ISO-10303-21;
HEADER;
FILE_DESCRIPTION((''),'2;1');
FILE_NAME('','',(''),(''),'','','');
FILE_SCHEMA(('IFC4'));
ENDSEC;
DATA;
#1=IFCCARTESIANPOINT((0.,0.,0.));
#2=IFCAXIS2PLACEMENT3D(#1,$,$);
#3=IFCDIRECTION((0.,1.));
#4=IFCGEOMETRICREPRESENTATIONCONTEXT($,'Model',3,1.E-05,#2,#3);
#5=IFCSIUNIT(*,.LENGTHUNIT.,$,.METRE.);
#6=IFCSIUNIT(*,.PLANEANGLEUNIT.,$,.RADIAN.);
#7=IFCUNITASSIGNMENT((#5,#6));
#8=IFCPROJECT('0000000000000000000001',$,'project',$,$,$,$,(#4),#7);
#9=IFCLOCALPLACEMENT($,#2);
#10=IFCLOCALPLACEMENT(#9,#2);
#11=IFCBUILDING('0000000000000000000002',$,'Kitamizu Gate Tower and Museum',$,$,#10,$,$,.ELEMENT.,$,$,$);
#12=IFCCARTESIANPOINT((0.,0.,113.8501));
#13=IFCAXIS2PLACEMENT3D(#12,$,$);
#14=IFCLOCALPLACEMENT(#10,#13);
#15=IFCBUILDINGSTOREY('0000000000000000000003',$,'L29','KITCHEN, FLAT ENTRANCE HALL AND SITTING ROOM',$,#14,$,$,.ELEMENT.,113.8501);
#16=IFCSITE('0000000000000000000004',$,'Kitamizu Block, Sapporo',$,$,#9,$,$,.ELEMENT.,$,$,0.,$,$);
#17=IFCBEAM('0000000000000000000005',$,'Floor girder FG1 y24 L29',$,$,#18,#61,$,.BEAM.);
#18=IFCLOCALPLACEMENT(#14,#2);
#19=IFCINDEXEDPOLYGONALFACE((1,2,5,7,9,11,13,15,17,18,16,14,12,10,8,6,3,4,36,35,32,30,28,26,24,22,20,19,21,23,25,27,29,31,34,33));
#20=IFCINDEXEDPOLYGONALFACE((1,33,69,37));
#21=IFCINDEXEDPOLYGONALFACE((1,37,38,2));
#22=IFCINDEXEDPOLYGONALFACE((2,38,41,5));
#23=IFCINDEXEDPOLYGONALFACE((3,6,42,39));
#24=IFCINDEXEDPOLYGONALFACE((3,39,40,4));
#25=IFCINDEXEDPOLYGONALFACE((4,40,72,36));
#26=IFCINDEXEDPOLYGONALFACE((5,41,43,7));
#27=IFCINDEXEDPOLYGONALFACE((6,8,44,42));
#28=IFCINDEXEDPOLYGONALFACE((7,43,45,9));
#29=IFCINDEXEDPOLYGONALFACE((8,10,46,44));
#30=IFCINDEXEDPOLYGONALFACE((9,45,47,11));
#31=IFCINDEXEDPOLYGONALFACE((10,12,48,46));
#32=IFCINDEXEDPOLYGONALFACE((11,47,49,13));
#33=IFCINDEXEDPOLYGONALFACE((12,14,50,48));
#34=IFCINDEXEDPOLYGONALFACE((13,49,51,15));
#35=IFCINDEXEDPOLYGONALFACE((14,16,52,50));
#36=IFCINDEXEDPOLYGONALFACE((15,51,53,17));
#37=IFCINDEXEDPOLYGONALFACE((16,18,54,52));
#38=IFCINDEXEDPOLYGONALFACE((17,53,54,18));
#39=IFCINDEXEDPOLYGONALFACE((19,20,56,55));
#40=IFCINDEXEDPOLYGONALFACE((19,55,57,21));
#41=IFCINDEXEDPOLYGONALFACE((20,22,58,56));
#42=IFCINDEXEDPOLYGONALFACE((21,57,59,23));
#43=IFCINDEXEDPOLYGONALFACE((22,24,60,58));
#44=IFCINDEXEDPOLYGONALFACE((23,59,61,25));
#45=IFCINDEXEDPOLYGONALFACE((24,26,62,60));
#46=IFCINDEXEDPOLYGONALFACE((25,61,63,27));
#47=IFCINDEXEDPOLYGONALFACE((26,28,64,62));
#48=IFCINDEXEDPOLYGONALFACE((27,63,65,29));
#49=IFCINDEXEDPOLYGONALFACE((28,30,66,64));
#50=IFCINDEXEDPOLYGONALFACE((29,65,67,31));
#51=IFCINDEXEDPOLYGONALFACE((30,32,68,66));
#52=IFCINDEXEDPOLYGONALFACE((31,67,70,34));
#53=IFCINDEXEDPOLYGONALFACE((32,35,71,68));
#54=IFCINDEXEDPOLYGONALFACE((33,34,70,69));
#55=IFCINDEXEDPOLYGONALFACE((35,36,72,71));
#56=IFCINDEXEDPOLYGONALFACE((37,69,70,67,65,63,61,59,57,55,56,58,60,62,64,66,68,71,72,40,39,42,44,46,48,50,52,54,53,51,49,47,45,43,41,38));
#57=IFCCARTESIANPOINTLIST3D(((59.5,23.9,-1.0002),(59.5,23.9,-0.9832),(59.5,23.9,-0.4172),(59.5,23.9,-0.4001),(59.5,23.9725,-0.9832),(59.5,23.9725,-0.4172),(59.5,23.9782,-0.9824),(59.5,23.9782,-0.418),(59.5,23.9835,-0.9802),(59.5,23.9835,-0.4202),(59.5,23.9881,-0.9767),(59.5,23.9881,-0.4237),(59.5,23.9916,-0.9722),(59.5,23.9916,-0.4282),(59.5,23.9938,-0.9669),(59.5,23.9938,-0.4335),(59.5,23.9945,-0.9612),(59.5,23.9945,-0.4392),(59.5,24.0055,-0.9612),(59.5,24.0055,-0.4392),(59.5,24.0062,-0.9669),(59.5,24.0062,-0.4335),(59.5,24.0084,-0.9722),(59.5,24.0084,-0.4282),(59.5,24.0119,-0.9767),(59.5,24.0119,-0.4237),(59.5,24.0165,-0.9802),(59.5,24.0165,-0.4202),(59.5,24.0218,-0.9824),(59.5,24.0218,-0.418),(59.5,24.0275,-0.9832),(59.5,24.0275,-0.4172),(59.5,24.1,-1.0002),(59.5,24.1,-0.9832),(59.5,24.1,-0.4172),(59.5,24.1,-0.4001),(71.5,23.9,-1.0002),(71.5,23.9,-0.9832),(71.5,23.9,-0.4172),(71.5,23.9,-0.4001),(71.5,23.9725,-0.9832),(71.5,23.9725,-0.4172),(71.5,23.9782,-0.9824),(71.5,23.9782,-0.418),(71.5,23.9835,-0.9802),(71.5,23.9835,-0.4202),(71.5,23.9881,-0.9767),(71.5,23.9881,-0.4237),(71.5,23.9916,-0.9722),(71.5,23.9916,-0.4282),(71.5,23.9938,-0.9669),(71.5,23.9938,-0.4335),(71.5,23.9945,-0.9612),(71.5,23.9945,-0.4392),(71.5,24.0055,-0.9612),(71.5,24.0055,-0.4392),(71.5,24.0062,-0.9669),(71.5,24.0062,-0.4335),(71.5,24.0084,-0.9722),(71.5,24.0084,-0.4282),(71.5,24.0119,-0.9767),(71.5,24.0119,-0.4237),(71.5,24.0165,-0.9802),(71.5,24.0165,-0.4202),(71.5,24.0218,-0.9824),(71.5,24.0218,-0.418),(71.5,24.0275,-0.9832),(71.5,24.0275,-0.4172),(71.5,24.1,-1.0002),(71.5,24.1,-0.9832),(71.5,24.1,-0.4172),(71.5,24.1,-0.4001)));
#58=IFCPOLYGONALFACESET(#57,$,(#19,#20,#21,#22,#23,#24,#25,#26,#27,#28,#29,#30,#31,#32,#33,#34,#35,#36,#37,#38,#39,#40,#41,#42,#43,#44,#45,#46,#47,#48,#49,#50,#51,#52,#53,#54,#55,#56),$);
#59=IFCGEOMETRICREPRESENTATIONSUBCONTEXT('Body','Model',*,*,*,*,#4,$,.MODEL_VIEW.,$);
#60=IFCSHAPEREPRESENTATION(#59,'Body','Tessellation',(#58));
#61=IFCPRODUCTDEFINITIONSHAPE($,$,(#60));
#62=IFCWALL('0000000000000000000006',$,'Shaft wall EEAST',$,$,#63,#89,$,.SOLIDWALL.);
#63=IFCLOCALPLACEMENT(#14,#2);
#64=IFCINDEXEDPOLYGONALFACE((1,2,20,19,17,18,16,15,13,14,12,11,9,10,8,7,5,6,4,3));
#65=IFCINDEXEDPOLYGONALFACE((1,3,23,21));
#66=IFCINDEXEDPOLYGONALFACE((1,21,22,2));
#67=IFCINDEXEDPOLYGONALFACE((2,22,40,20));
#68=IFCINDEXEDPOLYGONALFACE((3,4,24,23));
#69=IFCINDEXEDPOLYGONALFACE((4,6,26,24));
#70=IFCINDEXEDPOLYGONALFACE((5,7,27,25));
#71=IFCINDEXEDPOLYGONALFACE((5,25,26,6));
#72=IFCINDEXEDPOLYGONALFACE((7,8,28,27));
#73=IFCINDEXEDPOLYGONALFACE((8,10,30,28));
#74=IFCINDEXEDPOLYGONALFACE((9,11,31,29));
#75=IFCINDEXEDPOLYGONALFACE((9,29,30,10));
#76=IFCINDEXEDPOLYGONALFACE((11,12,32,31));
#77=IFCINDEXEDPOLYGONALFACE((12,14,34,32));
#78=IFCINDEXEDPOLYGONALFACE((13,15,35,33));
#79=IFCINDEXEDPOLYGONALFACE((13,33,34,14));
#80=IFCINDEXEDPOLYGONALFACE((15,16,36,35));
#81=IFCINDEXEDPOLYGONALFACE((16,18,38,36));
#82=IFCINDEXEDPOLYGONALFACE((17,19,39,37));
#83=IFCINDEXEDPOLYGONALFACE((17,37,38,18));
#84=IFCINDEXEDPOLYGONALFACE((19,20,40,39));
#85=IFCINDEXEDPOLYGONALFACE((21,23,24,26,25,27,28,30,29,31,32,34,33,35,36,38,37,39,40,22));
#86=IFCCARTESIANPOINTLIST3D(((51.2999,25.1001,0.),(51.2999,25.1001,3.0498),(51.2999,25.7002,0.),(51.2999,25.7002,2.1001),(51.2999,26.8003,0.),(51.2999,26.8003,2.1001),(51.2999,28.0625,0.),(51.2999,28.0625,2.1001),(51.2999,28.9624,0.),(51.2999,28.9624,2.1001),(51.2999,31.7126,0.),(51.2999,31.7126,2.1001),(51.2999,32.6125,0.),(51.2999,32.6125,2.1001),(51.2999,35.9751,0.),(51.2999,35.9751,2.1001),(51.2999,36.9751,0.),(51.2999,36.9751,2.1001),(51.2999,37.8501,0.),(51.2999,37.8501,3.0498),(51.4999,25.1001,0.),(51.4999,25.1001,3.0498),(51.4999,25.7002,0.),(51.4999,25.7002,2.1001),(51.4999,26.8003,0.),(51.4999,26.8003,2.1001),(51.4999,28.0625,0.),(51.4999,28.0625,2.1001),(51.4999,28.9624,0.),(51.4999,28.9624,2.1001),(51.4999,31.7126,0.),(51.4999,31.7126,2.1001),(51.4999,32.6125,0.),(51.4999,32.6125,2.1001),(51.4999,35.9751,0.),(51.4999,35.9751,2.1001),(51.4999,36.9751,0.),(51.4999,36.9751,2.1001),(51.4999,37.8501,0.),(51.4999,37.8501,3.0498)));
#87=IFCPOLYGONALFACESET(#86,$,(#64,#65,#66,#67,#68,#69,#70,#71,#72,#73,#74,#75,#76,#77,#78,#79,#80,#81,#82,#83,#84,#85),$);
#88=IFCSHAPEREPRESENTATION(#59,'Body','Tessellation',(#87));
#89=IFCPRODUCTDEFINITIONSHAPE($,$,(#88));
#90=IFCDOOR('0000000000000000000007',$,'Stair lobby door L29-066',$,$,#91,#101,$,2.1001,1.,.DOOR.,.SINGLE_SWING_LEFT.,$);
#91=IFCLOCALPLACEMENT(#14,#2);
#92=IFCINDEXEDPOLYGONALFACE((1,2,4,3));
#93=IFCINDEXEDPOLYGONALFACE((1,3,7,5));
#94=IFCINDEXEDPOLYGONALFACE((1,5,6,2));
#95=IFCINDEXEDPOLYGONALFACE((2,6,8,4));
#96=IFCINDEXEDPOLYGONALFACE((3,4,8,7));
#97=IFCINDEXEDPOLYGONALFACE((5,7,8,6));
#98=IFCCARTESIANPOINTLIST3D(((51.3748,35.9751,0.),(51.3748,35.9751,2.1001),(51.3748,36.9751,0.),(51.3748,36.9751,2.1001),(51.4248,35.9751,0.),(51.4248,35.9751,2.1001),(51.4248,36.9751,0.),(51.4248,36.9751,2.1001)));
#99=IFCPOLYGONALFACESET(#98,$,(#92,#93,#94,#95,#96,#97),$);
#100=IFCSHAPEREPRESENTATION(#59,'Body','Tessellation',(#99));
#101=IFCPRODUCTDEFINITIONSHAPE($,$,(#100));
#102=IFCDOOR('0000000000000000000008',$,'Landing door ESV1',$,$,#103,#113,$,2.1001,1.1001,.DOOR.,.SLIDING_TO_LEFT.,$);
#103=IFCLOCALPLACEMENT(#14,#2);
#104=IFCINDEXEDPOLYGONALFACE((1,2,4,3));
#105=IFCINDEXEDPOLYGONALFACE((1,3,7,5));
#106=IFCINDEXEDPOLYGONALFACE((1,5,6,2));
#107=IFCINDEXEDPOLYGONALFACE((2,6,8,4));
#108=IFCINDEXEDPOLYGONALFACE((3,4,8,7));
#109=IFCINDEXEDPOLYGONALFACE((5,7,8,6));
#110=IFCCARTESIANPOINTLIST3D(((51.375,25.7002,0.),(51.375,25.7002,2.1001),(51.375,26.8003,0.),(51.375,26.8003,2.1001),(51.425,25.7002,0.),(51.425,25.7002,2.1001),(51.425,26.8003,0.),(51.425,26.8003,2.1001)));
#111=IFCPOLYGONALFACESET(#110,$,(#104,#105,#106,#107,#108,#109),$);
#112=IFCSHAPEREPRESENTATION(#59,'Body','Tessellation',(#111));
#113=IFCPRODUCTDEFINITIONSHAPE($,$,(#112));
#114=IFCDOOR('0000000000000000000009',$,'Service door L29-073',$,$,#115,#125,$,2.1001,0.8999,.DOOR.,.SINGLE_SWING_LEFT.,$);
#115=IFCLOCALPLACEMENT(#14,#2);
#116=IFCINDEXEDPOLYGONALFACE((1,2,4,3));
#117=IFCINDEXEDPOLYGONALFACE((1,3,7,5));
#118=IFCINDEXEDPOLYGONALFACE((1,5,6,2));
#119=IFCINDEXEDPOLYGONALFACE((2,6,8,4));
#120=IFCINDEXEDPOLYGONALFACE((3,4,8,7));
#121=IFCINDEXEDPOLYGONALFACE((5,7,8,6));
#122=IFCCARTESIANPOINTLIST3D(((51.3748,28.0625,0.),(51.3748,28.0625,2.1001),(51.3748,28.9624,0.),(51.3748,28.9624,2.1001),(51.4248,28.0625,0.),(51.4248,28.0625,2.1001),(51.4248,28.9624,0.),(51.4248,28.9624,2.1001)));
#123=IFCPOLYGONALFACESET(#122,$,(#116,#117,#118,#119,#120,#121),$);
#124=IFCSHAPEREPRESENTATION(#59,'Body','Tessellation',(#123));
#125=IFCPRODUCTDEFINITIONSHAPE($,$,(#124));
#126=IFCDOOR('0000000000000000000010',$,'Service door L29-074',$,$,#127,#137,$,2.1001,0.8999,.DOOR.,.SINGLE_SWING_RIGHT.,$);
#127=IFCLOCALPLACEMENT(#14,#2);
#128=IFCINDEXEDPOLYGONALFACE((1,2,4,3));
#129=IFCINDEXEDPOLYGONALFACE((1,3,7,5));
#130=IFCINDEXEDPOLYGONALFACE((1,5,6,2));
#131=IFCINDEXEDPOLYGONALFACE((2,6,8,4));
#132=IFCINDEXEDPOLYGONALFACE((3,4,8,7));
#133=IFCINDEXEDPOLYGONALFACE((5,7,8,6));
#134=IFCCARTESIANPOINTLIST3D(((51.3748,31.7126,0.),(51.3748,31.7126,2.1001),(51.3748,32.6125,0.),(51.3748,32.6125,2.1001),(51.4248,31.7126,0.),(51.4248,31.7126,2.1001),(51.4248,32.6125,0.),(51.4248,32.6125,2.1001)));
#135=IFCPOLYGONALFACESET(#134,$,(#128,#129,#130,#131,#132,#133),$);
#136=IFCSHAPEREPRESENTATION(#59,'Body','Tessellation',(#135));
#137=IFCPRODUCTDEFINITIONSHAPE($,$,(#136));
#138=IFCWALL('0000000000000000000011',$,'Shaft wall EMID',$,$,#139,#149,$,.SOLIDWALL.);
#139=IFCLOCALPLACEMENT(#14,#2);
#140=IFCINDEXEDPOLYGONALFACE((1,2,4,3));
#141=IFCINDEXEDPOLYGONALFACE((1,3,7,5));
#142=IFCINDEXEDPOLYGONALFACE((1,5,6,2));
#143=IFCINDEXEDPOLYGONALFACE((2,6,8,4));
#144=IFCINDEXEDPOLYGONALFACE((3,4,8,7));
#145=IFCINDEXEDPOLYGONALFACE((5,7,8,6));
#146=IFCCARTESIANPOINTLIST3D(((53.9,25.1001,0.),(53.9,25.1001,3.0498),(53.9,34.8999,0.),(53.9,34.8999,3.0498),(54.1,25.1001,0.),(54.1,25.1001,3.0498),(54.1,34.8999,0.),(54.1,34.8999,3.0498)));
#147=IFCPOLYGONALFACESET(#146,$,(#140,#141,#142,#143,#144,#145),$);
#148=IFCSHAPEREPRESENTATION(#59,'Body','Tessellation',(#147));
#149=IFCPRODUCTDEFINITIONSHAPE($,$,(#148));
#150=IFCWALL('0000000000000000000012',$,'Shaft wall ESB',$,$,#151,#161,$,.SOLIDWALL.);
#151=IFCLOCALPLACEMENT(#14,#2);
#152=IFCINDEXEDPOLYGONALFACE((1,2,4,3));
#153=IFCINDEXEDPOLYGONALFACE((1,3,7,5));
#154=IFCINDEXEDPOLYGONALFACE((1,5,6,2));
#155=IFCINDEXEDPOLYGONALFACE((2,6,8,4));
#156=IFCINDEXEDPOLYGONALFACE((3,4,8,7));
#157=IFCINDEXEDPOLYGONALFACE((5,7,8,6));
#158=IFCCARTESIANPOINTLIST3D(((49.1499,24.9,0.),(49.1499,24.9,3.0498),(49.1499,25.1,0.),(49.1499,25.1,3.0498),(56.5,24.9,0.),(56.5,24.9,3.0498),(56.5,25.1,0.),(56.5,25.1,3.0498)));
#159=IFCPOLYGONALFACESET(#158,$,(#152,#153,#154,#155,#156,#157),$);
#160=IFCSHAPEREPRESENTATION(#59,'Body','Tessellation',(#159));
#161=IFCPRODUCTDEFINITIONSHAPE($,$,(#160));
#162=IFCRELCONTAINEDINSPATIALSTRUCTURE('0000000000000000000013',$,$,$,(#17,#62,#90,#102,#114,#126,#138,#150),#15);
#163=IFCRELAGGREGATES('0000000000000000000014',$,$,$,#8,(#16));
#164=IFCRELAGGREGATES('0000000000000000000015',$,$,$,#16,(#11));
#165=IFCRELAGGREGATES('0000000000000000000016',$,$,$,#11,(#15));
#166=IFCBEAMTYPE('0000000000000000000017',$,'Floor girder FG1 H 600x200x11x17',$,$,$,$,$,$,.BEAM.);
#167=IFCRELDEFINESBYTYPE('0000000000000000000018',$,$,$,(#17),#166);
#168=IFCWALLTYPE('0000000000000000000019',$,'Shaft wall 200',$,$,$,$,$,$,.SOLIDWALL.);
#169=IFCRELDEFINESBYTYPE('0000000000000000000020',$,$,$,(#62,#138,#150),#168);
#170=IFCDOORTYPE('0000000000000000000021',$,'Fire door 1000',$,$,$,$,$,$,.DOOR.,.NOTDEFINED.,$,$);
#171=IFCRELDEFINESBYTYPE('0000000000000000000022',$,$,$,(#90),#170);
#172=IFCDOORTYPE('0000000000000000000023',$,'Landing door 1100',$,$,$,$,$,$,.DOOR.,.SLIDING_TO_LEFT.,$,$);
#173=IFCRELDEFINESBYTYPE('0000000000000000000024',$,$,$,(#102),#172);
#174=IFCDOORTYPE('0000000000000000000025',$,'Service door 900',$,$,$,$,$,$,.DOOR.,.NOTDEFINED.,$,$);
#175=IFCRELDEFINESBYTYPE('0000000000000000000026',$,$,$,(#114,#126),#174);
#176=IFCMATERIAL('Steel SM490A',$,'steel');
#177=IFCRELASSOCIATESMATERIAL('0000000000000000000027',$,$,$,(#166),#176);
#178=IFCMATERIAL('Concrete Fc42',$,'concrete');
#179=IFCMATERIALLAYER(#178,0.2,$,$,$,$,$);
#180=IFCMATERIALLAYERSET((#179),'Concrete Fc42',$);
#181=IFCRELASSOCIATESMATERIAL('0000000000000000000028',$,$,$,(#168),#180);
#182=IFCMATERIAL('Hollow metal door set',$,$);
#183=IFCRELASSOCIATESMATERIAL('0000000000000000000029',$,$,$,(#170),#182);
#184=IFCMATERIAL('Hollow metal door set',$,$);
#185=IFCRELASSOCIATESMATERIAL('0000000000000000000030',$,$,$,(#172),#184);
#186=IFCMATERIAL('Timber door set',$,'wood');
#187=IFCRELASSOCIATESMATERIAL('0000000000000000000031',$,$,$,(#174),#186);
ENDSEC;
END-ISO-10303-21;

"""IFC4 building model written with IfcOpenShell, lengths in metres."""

from ifc_helpers import new_model, si_unit, direction, frame, frame_2d, origin, origin_2d, place, context, subcontext, project, spatial, rectangle, i_section, extrude, material, layer, layer_set, material_profile, profile_set, type_object, element, fill, save


model = new_model("IFC4")

# Units and contexts
model_context = context("Model", 3, precision=1e-05, world=origin(), true_north=direction((0.0, 1.0)))
body_context = subcontext(model_context, "Body", "Model", "MODEL_VIEW")
ifc_project = project(units=[si_unit("LENGTHUNIT", "METRE"), si_unit("PLANEANGLEUNIT", "RADIAN")], contexts=[model_context])

# Site, building, storey
site_placement = place(None, origin())
site = spatial("IfcSite", under=ifc_project, at=site_placement, Name="Kitamizu Block, Sapporo", CompositionType="ELEMENT", RefElevation=0.0)
building_placement = place(site_placement, origin())
building = spatial("IfcBuilding", under=site, at=building_placement, Name="Kitamizu Gate Tower and Museum", CompositionType="ELEMENT")
storey_placement = place(building_placement, frame((0.0, 0.0, 113.8501)))
storey = spatial("IfcBuildingStorey", under=building, at=storey_placement, Name="L29", Description="KITCHEN, FLAT ENTRANCE HALL AND SITTING ROOM", CompositionType="ELEMENT", Elevation=113.8501)

# Beam
ifc_material_1 = material(Name="Steel SM490A", Category="steel")
ifc_material_profile = material_profile(ifc_material_1, i_section(OverallWidth=0.2, OverallDepth=0.6001, WebThickness=0.011, FlangeThickness=0.0171, FilletRadius=0.022, at=origin_2d()), Name="H-600x200x11x17")
ifc_profile_set = profile_set([ifc_material_profile], Name="Steel SM490A")
beam_type = type_object("IfcBeamType", Name="Floor girder FG1 H 600x200x11x17", PredefinedType="BEAM", material=ifc_profile_set)
beam_placement = place(storey_placement, frame((59.5, 24.0, -0.7002), z_axis=(1.0, 0.0, 0.0), x_axis=(0.0, 1.0, 0.0)))
element("IfcBeam", 1, at=beam_placement, inside=storey, type_object=beam_type, Name="Floor girder FG1 y24 L29", PredefinedType="BEAM", context=body_context, shape_type="SweptSolid", body=[
    extrude(i_section(OverallWidth=0.2, OverallDepth=0.6001, WebThickness=0.011, FlangeThickness=0.0171, FilletRadius=0.022, at=origin_2d()), origin(), (0.0, 0.0, 1.0), 12.0),
])

# Wall, openings, doors
ifc_material_2 = material(Name="Concrete Fc42", Category="concrete")
ifc_layer = layer(ifc_material_2, 0.2)
ifc_layer_set = layer_set([ifc_layer], Name="Concrete Fc42")
wall_type = type_object("IfcWallType", Name="Shaft wall 200", PredefinedType="SOLIDWALL", material=ifc_layer_set)
wall_1_placement = place(storey_placement, frame((51.3999, 25.1001, 0.0), z_axis=(0.0, 0.0, 1.0), x_axis=(0.0, 1.0, 0.0)))
wall_1 = element("IfcWall", 2, at=wall_1_placement, inside=storey, type_object=wall_type, Name="Shaft wall EEAST", PredefinedType="SOLIDWALL", context=body_context, shape_type="SweptSolid", body=[
    extrude(rectangle(XDim=12.75, YDim=0.2, at=frame_2d((6.375, 0.0))), origin(), (0.0, 0.0, 1.0), 3.0498),
])
opening_1_placement = place(wall_1_placement, frame((0.6001, 0.0, 0.0)))
opening_1 = element("IfcOpeningElement", 3, at=opening_1_placement, cuts=wall_1, PredefinedType="OPENING", context=body_context, shape_type="SweptSolid", body=[
    extrude(rectangle(XDim=1.1001, YDim=2.1001, at=frame_2d((0.55, 1.05))), frame((0.0, 0.1099, 0.0), z_axis=(0.0, -1.0, 0.0), x_axis=(1.0, 0.0, 0.0)), (0.0, 0.0, 1.0), 0.22),
])
opening_2_placement = place(wall_1_placement, frame((10.875, 0.0, 0.0)))
opening_2 = element("IfcOpeningElement", 4, at=opening_2_placement, cuts=wall_1, PredefinedType="OPENING", context=body_context, shape_type="SweptSolid", body=[
    extrude(rectangle(XDim=1.0, YDim=2.1001, at=frame_2d((0.5, 1.05))), frame((0.0, 0.1099, 0.0), z_axis=(0.0, -1.0, 0.0), x_axis=(1.0, 0.0, 0.0)), (0.0, 0.0, 1.0), 0.22),
])
opening_3_placement = place(wall_1_placement, frame((2.9624, 0.0, 0.0)))
opening_3 = element("IfcOpeningElement", 5, at=opening_3_placement, cuts=wall_1, PredefinedType="OPENING", context=body_context, shape_type="SweptSolid", body=[
    extrude(rectangle(XDim=0.8999, YDim=2.1001, at=frame_2d((0.45, 1.05))), frame((0.0, 0.1099, 0.0), z_axis=(0.0, -1.0, 0.0), x_axis=(1.0, 0.0, 0.0)), (0.0, 0.0, 1.0), 0.22),
])
opening_4_placement = place(wall_1_placement, frame((6.6125, 0.0, 0.0)))
opening_4 = element("IfcOpeningElement", 6, at=opening_4_placement, cuts=wall_1, PredefinedType="OPENING", context=body_context, shape_type="SweptSolid", body=[
    extrude(rectangle(XDim=0.8999, YDim=2.1001, at=frame_2d((0.45, 1.05))), frame((0.0, 0.1099, 0.0), z_axis=(0.0, -1.0, 0.0), x_axis=(1.0, 0.0, 0.0)), (0.0, 0.0, 1.0), 0.22),
])
ifc_material_3 = material(Name="Hollow metal door set")
door_type_1 = type_object("IfcDoorType", Name="Fire door 1000", OperationType="NOTDEFINED", PredefinedType="DOOR", material=ifc_material_3)
door_1_placement = place(opening_2_placement, frame((1.0, 0.0, 0.0), x_axis=(-1.0, 0.0, 0.0)))
door_1 = element("IfcDoor", 7, at=door_1_placement, inside=storey, type_object=door_type_1, Name="Stair lobby door L29-066", OperationType="SINGLE_SWING_LEFT", OverallHeight=2.1001, OverallWidth=1.0, PredefinedType="DOOR", context=body_context, shape_type="SweptSolid", body=[
    extrude(rectangle(XDim=1.0, YDim=2.1001, at=frame_2d((0.5, 1.05))), frame((0.0, 0.0249, 0.0), z_axis=(0.0, -1.0, 0.0), x_axis=(1.0, 0.0, 0.0)), (0.0, 0.0, 1.0), 0.05),
])
fill(opening_2, door_1)
ifc_material_4 = material(Name="Hollow metal door set")
door_type_2 = type_object("IfcDoorType", Name="Landing door 1100", OperationType="SLIDING_TO_LEFT", PredefinedType="DOOR", material=ifc_material_4)
door_2_placement = place(opening_1_placement, origin())
door_2 = element("IfcDoor", 8, at=door_2_placement, inside=storey, type_object=door_type_2, Name="Landing door ESV1", OperationType="SLIDING_TO_LEFT", OverallHeight=2.1001, OverallWidth=1.1001, PredefinedType="DOOR", context=body_context, shape_type="SweptSolid", body=[
    extrude(rectangle(XDim=1.1001, YDim=2.1001, at=frame_2d((0.55, 1.05))), frame((0.0, 0.0249, 0.0), z_axis=(0.0, -1.0, 0.0), x_axis=(1.0, 0.0, 0.0)), (0.0, 0.0, 1.0), 0.05),
])
fill(opening_1, door_2)
ifc_material_5 = material(Name="Timber door set", Category="wood")
door_type_3 = type_object("IfcDoorType", Name="Service door 900", OperationType="NOTDEFINED", PredefinedType="DOOR", material=ifc_material_5)
door_3_placement = place(opening_3_placement, frame((0.8999, 0.0, 0.0), x_axis=(-1.0, 0.0, 0.0)))
door_3 = element("IfcDoor", 9, at=door_3_placement, inside=storey, type_object=door_type_3, Name="Service door L29-073", OperationType="SINGLE_SWING_LEFT", OverallHeight=2.1001, OverallWidth=0.8999, PredefinedType="DOOR", context=body_context, shape_type="SweptSolid", body=[
    extrude(rectangle(XDim=0.8999, YDim=2.1001, at=frame_2d((0.45, 1.05))), frame((0.0, 0.0249, 0.0), z_axis=(0.0, -1.0, 0.0), x_axis=(1.0, 0.0, 0.0)), (0.0, 0.0, 1.0), 0.05),
])
fill(opening_3, door_3)
door_4_placement = place(opening_4_placement, frame((0.8999, 0.0, 0.0), x_axis=(-1.0, 0.0, 0.0)))
door_4 = element("IfcDoor", 10, at=door_4_placement, inside=storey, type_object=door_type_3, Name="Service door L29-074", OperationType="SINGLE_SWING_RIGHT", OverallHeight=2.1001, OverallWidth=0.8999, PredefinedType="DOOR", context=body_context, shape_type="SweptSolid", body=[
    extrude(rectangle(XDim=0.8999, YDim=2.1001, at=frame_2d((0.45, 1.05))), frame((0.0, 0.0249, 0.0), z_axis=(0.0, -1.0, 0.0), x_axis=(1.0, 0.0, 0.0)), (0.0, 0.0, 1.0), 0.05),
])
fill(opening_4, door_4)

# Walls
wall_2_placement = place(storey_placement, frame((54.0, 25.1001, 0.0), z_axis=(0.0, 0.0, 1.0), x_axis=(0.0, 1.0, 0.0)))
element("IfcWall", 11, at=wall_2_placement, inside=storey, type_object=wall_type, Name="Shaft wall EMID", PredefinedType="SOLIDWALL", context=body_context, shape_type="SweptSolid", body=[
    extrude(rectangle(XDim=9.7998, YDim=0.2, at=frame_2d((4.8999, 0.0))), origin(), (0.0, 0.0, 1.0), 3.0498),
])
wall_3_placement = place(storey_placement, frame((56.5, 25.0, 0.0), z_axis=(0.0, 0.0, 1.0), x_axis=(-1.0, 0.0, 0.0)))
element("IfcWall", 12, at=wall_3_placement, inside=storey, type_object=wall_type, Name="Shaft wall ESB", PredefinedType="SOLIDWALL", context=body_context, shape_type="SweptSolid", body=[
    extrude(rectangle(XDim=7.3501, YDim=0.2, at=frame_2d((3.675, 0.0))), origin(), (0.0, 0.0, 1.0), 3.0498),
])

save(model, "model.ifc")
